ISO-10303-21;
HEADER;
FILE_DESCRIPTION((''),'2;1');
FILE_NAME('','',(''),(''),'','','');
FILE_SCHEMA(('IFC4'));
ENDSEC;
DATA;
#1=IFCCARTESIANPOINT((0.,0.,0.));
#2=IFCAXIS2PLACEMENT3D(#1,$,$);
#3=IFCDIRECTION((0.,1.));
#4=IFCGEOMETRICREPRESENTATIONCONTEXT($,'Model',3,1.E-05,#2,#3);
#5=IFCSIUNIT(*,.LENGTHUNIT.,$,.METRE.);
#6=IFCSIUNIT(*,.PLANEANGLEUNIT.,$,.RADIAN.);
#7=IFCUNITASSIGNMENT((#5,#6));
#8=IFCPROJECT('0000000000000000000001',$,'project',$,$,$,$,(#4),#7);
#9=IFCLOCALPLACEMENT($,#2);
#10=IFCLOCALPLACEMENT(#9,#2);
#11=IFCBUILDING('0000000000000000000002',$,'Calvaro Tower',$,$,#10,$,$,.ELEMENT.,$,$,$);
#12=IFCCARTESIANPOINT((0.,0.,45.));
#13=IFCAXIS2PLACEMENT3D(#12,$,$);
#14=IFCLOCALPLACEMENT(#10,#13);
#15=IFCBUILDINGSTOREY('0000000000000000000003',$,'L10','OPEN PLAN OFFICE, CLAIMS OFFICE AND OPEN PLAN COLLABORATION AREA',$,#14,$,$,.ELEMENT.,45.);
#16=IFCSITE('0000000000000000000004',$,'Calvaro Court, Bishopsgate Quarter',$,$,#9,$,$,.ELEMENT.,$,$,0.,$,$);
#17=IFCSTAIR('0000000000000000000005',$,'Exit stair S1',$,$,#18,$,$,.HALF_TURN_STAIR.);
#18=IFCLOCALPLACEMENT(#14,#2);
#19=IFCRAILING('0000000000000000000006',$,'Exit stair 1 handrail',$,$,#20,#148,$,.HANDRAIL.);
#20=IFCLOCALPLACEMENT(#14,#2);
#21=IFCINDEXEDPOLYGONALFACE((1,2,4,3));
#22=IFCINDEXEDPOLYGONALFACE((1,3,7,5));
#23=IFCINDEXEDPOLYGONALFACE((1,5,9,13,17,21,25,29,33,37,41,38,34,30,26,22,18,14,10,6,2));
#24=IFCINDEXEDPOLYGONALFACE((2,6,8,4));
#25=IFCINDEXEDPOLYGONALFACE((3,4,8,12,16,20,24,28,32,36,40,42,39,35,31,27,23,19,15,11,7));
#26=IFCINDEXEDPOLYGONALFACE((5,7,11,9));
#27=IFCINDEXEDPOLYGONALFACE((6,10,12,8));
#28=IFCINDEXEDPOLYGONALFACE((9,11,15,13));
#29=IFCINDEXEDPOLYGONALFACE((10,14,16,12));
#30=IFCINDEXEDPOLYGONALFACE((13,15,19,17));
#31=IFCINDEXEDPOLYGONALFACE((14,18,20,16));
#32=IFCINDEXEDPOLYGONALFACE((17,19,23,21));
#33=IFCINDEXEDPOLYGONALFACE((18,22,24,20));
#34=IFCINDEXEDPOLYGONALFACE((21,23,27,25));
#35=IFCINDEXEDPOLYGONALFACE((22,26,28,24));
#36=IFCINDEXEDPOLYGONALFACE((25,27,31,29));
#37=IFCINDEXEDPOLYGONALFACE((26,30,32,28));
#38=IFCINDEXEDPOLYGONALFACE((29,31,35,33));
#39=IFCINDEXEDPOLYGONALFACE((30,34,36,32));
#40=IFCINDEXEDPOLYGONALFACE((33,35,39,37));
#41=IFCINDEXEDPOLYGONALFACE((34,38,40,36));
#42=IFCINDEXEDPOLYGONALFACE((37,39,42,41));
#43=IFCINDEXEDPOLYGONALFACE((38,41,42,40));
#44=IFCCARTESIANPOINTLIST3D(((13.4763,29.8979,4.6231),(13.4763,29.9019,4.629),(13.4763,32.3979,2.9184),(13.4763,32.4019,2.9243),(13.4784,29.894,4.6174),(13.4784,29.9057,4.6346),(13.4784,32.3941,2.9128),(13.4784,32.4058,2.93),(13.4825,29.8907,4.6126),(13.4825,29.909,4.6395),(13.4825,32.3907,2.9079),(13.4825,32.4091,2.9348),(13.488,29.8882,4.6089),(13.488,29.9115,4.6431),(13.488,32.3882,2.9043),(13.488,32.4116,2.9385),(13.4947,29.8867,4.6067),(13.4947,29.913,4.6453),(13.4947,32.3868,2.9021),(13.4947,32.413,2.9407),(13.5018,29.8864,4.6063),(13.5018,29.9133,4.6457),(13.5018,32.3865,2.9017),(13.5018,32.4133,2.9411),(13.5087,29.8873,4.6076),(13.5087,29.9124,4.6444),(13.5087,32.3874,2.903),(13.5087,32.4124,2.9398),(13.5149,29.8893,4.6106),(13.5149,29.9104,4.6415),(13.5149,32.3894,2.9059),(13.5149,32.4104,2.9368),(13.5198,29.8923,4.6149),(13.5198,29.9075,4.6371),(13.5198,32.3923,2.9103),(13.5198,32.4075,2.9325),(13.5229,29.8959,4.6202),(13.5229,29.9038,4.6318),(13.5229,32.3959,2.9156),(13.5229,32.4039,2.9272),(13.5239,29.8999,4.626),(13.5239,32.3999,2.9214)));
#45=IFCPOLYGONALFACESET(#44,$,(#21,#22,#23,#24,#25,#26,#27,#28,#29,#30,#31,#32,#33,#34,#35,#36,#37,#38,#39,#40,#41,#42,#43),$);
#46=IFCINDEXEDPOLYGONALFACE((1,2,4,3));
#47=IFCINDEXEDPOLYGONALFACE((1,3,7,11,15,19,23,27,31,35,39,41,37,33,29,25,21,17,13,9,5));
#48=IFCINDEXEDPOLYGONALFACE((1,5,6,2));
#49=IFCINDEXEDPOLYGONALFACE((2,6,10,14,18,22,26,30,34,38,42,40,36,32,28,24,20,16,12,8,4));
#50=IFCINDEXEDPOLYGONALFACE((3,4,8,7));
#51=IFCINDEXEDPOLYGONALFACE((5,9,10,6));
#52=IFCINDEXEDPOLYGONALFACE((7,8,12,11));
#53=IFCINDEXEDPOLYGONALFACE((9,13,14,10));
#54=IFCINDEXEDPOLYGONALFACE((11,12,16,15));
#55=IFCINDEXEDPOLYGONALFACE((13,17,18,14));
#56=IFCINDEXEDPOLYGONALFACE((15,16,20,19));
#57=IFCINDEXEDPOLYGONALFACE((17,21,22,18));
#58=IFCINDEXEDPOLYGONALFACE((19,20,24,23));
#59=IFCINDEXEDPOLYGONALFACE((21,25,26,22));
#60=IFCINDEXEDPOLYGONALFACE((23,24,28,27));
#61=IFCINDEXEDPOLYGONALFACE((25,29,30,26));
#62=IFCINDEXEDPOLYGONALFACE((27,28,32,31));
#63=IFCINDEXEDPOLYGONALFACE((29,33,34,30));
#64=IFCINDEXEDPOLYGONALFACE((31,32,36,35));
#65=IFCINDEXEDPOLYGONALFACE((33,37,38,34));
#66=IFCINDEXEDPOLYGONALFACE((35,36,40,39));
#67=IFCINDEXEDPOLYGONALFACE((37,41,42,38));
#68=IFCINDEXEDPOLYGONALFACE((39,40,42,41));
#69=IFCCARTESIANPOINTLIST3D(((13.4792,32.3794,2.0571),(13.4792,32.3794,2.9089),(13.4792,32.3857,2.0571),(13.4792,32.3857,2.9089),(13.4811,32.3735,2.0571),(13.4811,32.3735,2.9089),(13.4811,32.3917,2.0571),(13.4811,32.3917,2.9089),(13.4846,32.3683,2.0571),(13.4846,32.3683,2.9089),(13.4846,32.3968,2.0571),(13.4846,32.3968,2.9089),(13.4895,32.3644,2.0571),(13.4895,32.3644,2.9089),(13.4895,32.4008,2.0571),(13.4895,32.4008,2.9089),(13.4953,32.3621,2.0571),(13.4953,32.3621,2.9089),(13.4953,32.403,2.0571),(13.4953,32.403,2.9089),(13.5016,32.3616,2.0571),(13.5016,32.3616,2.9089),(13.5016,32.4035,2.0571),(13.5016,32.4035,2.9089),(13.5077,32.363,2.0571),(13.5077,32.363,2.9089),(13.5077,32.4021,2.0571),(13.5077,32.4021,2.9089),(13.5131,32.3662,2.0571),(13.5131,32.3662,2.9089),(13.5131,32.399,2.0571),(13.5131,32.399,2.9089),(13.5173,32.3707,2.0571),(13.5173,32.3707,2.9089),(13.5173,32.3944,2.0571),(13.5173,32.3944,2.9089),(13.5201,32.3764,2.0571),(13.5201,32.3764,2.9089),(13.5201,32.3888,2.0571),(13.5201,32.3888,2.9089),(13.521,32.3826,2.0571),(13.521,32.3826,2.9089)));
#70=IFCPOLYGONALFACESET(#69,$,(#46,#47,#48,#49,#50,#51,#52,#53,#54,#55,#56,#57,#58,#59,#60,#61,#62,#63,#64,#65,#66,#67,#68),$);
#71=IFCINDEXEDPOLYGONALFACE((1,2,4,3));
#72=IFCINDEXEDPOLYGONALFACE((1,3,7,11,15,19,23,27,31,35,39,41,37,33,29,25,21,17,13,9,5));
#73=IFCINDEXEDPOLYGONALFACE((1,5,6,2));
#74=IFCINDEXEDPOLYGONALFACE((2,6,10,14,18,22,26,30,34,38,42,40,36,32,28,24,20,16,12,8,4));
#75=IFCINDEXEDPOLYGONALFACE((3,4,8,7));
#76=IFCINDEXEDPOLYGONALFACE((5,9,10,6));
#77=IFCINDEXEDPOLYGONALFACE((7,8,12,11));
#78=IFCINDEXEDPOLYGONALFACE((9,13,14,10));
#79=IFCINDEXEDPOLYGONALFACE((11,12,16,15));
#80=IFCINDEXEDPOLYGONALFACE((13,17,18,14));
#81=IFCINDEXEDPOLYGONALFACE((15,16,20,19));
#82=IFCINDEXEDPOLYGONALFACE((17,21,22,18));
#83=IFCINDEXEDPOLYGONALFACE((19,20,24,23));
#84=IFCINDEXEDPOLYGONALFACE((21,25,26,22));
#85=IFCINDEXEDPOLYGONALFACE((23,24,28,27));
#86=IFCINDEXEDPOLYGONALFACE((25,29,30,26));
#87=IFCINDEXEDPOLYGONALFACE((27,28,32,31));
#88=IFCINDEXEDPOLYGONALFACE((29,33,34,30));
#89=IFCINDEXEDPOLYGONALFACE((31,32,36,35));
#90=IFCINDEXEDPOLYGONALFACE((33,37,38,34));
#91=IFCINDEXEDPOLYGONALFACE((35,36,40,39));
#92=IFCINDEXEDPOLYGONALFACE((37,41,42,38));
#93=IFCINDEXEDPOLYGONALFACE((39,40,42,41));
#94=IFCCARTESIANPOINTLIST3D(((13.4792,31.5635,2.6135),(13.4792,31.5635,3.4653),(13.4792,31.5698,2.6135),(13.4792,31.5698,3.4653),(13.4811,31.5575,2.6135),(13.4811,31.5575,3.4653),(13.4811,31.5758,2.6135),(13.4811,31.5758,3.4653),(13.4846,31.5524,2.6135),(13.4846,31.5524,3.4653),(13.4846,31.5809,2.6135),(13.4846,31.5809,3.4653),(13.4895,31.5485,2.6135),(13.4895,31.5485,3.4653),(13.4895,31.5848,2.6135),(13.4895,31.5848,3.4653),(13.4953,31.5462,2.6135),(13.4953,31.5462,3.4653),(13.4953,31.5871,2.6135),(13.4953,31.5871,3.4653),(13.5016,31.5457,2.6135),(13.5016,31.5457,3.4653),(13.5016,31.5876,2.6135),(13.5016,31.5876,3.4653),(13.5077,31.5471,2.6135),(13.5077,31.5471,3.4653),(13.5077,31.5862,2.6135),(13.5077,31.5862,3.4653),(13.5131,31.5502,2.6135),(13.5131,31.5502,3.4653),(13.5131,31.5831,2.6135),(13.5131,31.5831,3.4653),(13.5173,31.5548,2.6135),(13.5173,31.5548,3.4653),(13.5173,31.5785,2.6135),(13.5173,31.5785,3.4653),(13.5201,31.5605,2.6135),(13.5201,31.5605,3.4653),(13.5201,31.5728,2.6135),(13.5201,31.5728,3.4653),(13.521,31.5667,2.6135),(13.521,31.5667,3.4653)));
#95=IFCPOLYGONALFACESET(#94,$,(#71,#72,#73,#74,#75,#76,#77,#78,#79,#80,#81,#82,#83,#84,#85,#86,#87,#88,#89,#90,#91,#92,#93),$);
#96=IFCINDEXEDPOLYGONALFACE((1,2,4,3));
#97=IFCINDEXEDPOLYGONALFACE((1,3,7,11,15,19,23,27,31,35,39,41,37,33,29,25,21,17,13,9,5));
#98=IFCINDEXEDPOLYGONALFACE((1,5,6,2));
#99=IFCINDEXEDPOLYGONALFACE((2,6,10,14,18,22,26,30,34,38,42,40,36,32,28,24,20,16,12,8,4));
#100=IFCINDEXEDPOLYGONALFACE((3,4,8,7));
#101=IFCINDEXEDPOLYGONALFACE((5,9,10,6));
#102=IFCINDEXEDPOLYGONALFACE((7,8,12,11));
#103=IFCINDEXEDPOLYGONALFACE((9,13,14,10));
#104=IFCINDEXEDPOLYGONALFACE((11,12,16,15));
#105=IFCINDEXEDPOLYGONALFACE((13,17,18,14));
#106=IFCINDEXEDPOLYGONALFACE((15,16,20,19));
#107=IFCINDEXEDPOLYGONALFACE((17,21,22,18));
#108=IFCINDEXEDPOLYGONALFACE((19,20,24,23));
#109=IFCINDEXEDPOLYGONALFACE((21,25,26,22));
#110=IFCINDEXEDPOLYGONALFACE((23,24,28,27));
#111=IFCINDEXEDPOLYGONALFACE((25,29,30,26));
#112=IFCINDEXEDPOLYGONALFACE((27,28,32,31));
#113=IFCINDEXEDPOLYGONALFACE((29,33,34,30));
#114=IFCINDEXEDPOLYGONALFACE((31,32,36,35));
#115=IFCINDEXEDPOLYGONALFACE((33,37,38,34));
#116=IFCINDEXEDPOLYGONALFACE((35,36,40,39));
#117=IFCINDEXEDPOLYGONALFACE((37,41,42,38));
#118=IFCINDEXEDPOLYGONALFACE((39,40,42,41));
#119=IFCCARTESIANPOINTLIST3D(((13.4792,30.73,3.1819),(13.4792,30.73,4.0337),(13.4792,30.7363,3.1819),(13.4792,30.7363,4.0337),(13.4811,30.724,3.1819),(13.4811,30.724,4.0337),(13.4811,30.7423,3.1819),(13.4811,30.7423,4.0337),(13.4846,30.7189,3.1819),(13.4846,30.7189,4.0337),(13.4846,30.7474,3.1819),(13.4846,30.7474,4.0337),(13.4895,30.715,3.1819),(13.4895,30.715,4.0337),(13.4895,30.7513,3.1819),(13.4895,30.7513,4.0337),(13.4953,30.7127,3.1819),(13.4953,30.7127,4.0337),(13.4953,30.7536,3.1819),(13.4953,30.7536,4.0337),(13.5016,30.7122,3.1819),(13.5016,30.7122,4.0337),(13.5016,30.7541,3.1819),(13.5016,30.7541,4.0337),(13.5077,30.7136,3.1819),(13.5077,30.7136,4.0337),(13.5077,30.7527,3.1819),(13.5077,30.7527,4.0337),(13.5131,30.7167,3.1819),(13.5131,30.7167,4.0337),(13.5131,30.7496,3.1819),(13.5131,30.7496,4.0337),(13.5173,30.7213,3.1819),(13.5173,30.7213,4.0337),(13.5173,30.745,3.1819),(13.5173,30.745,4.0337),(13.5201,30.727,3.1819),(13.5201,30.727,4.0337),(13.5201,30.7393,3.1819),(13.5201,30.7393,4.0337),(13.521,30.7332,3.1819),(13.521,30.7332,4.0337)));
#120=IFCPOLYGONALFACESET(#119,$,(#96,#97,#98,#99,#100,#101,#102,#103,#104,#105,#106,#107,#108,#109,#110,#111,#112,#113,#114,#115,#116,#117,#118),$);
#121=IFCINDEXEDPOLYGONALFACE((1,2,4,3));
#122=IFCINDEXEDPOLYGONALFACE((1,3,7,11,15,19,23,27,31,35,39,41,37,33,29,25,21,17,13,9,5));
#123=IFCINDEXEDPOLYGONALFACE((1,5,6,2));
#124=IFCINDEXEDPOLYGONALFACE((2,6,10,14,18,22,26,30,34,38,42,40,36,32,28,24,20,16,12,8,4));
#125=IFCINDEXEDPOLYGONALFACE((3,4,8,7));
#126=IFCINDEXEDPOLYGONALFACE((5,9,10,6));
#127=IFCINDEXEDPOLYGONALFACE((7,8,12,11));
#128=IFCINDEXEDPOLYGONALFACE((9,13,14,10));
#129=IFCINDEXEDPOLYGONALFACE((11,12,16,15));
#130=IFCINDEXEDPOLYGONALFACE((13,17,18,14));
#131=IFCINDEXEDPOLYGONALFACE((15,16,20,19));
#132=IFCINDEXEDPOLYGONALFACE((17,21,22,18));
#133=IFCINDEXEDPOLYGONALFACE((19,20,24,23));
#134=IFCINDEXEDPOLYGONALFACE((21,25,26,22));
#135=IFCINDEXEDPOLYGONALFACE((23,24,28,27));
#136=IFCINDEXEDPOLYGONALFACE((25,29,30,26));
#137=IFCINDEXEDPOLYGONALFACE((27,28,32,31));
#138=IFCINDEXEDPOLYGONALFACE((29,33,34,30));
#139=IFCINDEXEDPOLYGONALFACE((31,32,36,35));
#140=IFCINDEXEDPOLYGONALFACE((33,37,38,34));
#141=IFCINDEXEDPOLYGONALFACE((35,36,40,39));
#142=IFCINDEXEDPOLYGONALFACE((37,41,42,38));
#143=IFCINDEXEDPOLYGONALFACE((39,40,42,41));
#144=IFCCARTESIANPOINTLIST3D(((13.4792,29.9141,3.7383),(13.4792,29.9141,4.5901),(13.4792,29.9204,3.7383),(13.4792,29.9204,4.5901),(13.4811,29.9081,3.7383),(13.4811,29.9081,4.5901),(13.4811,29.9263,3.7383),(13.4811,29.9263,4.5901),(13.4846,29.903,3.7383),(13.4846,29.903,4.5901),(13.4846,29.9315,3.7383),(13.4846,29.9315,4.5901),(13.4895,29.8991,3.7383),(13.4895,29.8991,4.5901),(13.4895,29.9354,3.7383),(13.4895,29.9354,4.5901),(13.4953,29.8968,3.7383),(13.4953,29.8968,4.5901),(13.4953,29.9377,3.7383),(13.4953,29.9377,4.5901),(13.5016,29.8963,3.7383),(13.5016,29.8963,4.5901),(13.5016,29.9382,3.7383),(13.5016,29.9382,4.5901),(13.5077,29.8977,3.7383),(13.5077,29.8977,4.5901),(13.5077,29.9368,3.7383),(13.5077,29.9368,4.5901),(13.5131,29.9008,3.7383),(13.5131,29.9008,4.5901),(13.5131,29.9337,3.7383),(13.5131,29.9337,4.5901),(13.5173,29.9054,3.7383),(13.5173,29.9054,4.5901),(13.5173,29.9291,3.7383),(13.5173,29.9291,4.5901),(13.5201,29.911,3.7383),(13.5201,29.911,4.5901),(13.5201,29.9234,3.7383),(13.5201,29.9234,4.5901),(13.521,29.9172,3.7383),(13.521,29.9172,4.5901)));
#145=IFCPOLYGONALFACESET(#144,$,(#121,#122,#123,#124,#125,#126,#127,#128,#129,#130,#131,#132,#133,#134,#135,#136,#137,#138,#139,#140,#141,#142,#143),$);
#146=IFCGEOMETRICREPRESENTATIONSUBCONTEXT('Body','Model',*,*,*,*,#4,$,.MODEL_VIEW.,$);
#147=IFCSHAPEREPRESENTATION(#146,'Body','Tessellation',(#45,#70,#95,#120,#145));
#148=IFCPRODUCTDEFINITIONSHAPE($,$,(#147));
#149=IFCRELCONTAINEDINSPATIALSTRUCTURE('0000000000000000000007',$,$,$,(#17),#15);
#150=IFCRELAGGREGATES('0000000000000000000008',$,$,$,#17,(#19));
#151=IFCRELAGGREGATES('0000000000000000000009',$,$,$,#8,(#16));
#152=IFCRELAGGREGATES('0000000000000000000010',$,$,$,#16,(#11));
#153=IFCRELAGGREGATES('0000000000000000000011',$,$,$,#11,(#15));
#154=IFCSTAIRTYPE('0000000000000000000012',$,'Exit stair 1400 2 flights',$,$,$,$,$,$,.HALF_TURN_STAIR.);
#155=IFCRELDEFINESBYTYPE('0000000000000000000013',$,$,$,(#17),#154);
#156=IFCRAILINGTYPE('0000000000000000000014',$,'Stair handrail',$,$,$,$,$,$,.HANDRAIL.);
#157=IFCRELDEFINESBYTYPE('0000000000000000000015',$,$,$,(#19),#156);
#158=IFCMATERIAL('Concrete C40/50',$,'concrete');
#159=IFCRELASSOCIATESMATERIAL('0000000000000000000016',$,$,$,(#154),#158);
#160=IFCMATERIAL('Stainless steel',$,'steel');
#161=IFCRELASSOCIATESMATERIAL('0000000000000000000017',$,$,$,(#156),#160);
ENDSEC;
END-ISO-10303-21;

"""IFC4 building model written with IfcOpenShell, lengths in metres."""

from ifc_helpers import new_model, si_unit, direction, frame, origin, origin_2d, place, context, subcontext, project, spatial, circle, extrude, material, type_object, element, aggregate, save


model = new_model("IFC4")

# Units and contexts
model_context = context("Model", 3, precision=1e-05, world=origin(), true_north=direction((0.0, 1.0)))
body_context = subcontext(model_context, "Body", "Model", "MODEL_VIEW")
ifc_project = project(units=[si_unit("LENGTHUNIT", "METRE"), si_unit("PLANEANGLEUNIT", "RADIAN")], contexts=[model_context])

# Site, building, storey
site_placement = place(None, origin())
site = spatial("IfcSite", under=ifc_project, at=site_placement, Name="Calvaro Court, Bishopsgate Quarter", CompositionType="ELEMENT", RefElevation=0.0)
building_placement = place(site_placement, origin())
building = spatial("IfcBuilding", under=site, at=building_placement, Name="Calvaro Tower", CompositionType="ELEMENT")
storey_placement = place(building_placement, frame((0.0, 0.0, 45.0)))
storey = spatial("IfcBuildingStorey", under=building, at=storey_placement, Name="L10", Description="OPEN PLAN OFFICE, CLAIMS OFFICE AND OPEN PLAN COLLABORATION AREA", CompositionType="ELEMENT", Elevation=45.0)

# Stair, railing
ifc_material_1 = material(Name="Concrete C40/50", Category="concrete")
stair_type = type_object("IfcStairType", Name="Exit stair 1400 2 flights", PredefinedType="HALF_TURN_STAIR", material=ifc_material_1)
stair_placement = place(storey_placement, origin())
stair = element("IfcStair", 1, at=stair_placement, inside=storey, type_object=stair_type, Name="Exit stair S1", PredefinedType="HALF_TURN_STAIR")
ifc_material_2 = material(Name="Stainless steel", Category="steel")
railing_type = type_object("IfcRailingType", Name="Stair handrail", PredefinedType="HANDRAIL", material=ifc_material_2)
railing_1_placement = place(storey_placement, frame((13.5, 32.3999, 2.0454)))
railing_1 = element("IfcRailing", 2, at=railing_1_placement, type_object=railing_type, Name="Exit stair 1 handrail", PredefinedType="HANDRAIL", context=body_context, shape_type="SweptSolid", body=[
    extrude(circle(Radius=0.0239, at=origin_2d()), frame((0.0, 0.0, 0.876), z_axis=(0.0, -0.826221, 0.563347), x_axis=(1.0, 0.0, 0.0)), (0.0, 0.0, 1.0), 3.0259),
    extrude(circle(Radius=0.021, at=origin_2d()), frame((0.0, -0.0173, 0.0117)), (0.0, 0.0, 1.0), 0.8518),
    extrude(circle(Radius=0.021, at=origin_2d()), frame((0.0, -0.8333, 0.5681)), (0.0, 0.0, 1.0), 0.8518),
    extrude(circle(Radius=0.021, at=origin_2d()), frame((0.0, -1.6667, 1.1365)), (0.0, 0.0, 1.0), 0.8518),
    extrude(circle(Radius=0.021, at=origin_2d()), frame((0.0, -2.4827, 1.6929)), (0.0, 0.0, 1.0), 0.8518),
])
aggregate(stair, [railing_1])

save(model, "model.ifc")
